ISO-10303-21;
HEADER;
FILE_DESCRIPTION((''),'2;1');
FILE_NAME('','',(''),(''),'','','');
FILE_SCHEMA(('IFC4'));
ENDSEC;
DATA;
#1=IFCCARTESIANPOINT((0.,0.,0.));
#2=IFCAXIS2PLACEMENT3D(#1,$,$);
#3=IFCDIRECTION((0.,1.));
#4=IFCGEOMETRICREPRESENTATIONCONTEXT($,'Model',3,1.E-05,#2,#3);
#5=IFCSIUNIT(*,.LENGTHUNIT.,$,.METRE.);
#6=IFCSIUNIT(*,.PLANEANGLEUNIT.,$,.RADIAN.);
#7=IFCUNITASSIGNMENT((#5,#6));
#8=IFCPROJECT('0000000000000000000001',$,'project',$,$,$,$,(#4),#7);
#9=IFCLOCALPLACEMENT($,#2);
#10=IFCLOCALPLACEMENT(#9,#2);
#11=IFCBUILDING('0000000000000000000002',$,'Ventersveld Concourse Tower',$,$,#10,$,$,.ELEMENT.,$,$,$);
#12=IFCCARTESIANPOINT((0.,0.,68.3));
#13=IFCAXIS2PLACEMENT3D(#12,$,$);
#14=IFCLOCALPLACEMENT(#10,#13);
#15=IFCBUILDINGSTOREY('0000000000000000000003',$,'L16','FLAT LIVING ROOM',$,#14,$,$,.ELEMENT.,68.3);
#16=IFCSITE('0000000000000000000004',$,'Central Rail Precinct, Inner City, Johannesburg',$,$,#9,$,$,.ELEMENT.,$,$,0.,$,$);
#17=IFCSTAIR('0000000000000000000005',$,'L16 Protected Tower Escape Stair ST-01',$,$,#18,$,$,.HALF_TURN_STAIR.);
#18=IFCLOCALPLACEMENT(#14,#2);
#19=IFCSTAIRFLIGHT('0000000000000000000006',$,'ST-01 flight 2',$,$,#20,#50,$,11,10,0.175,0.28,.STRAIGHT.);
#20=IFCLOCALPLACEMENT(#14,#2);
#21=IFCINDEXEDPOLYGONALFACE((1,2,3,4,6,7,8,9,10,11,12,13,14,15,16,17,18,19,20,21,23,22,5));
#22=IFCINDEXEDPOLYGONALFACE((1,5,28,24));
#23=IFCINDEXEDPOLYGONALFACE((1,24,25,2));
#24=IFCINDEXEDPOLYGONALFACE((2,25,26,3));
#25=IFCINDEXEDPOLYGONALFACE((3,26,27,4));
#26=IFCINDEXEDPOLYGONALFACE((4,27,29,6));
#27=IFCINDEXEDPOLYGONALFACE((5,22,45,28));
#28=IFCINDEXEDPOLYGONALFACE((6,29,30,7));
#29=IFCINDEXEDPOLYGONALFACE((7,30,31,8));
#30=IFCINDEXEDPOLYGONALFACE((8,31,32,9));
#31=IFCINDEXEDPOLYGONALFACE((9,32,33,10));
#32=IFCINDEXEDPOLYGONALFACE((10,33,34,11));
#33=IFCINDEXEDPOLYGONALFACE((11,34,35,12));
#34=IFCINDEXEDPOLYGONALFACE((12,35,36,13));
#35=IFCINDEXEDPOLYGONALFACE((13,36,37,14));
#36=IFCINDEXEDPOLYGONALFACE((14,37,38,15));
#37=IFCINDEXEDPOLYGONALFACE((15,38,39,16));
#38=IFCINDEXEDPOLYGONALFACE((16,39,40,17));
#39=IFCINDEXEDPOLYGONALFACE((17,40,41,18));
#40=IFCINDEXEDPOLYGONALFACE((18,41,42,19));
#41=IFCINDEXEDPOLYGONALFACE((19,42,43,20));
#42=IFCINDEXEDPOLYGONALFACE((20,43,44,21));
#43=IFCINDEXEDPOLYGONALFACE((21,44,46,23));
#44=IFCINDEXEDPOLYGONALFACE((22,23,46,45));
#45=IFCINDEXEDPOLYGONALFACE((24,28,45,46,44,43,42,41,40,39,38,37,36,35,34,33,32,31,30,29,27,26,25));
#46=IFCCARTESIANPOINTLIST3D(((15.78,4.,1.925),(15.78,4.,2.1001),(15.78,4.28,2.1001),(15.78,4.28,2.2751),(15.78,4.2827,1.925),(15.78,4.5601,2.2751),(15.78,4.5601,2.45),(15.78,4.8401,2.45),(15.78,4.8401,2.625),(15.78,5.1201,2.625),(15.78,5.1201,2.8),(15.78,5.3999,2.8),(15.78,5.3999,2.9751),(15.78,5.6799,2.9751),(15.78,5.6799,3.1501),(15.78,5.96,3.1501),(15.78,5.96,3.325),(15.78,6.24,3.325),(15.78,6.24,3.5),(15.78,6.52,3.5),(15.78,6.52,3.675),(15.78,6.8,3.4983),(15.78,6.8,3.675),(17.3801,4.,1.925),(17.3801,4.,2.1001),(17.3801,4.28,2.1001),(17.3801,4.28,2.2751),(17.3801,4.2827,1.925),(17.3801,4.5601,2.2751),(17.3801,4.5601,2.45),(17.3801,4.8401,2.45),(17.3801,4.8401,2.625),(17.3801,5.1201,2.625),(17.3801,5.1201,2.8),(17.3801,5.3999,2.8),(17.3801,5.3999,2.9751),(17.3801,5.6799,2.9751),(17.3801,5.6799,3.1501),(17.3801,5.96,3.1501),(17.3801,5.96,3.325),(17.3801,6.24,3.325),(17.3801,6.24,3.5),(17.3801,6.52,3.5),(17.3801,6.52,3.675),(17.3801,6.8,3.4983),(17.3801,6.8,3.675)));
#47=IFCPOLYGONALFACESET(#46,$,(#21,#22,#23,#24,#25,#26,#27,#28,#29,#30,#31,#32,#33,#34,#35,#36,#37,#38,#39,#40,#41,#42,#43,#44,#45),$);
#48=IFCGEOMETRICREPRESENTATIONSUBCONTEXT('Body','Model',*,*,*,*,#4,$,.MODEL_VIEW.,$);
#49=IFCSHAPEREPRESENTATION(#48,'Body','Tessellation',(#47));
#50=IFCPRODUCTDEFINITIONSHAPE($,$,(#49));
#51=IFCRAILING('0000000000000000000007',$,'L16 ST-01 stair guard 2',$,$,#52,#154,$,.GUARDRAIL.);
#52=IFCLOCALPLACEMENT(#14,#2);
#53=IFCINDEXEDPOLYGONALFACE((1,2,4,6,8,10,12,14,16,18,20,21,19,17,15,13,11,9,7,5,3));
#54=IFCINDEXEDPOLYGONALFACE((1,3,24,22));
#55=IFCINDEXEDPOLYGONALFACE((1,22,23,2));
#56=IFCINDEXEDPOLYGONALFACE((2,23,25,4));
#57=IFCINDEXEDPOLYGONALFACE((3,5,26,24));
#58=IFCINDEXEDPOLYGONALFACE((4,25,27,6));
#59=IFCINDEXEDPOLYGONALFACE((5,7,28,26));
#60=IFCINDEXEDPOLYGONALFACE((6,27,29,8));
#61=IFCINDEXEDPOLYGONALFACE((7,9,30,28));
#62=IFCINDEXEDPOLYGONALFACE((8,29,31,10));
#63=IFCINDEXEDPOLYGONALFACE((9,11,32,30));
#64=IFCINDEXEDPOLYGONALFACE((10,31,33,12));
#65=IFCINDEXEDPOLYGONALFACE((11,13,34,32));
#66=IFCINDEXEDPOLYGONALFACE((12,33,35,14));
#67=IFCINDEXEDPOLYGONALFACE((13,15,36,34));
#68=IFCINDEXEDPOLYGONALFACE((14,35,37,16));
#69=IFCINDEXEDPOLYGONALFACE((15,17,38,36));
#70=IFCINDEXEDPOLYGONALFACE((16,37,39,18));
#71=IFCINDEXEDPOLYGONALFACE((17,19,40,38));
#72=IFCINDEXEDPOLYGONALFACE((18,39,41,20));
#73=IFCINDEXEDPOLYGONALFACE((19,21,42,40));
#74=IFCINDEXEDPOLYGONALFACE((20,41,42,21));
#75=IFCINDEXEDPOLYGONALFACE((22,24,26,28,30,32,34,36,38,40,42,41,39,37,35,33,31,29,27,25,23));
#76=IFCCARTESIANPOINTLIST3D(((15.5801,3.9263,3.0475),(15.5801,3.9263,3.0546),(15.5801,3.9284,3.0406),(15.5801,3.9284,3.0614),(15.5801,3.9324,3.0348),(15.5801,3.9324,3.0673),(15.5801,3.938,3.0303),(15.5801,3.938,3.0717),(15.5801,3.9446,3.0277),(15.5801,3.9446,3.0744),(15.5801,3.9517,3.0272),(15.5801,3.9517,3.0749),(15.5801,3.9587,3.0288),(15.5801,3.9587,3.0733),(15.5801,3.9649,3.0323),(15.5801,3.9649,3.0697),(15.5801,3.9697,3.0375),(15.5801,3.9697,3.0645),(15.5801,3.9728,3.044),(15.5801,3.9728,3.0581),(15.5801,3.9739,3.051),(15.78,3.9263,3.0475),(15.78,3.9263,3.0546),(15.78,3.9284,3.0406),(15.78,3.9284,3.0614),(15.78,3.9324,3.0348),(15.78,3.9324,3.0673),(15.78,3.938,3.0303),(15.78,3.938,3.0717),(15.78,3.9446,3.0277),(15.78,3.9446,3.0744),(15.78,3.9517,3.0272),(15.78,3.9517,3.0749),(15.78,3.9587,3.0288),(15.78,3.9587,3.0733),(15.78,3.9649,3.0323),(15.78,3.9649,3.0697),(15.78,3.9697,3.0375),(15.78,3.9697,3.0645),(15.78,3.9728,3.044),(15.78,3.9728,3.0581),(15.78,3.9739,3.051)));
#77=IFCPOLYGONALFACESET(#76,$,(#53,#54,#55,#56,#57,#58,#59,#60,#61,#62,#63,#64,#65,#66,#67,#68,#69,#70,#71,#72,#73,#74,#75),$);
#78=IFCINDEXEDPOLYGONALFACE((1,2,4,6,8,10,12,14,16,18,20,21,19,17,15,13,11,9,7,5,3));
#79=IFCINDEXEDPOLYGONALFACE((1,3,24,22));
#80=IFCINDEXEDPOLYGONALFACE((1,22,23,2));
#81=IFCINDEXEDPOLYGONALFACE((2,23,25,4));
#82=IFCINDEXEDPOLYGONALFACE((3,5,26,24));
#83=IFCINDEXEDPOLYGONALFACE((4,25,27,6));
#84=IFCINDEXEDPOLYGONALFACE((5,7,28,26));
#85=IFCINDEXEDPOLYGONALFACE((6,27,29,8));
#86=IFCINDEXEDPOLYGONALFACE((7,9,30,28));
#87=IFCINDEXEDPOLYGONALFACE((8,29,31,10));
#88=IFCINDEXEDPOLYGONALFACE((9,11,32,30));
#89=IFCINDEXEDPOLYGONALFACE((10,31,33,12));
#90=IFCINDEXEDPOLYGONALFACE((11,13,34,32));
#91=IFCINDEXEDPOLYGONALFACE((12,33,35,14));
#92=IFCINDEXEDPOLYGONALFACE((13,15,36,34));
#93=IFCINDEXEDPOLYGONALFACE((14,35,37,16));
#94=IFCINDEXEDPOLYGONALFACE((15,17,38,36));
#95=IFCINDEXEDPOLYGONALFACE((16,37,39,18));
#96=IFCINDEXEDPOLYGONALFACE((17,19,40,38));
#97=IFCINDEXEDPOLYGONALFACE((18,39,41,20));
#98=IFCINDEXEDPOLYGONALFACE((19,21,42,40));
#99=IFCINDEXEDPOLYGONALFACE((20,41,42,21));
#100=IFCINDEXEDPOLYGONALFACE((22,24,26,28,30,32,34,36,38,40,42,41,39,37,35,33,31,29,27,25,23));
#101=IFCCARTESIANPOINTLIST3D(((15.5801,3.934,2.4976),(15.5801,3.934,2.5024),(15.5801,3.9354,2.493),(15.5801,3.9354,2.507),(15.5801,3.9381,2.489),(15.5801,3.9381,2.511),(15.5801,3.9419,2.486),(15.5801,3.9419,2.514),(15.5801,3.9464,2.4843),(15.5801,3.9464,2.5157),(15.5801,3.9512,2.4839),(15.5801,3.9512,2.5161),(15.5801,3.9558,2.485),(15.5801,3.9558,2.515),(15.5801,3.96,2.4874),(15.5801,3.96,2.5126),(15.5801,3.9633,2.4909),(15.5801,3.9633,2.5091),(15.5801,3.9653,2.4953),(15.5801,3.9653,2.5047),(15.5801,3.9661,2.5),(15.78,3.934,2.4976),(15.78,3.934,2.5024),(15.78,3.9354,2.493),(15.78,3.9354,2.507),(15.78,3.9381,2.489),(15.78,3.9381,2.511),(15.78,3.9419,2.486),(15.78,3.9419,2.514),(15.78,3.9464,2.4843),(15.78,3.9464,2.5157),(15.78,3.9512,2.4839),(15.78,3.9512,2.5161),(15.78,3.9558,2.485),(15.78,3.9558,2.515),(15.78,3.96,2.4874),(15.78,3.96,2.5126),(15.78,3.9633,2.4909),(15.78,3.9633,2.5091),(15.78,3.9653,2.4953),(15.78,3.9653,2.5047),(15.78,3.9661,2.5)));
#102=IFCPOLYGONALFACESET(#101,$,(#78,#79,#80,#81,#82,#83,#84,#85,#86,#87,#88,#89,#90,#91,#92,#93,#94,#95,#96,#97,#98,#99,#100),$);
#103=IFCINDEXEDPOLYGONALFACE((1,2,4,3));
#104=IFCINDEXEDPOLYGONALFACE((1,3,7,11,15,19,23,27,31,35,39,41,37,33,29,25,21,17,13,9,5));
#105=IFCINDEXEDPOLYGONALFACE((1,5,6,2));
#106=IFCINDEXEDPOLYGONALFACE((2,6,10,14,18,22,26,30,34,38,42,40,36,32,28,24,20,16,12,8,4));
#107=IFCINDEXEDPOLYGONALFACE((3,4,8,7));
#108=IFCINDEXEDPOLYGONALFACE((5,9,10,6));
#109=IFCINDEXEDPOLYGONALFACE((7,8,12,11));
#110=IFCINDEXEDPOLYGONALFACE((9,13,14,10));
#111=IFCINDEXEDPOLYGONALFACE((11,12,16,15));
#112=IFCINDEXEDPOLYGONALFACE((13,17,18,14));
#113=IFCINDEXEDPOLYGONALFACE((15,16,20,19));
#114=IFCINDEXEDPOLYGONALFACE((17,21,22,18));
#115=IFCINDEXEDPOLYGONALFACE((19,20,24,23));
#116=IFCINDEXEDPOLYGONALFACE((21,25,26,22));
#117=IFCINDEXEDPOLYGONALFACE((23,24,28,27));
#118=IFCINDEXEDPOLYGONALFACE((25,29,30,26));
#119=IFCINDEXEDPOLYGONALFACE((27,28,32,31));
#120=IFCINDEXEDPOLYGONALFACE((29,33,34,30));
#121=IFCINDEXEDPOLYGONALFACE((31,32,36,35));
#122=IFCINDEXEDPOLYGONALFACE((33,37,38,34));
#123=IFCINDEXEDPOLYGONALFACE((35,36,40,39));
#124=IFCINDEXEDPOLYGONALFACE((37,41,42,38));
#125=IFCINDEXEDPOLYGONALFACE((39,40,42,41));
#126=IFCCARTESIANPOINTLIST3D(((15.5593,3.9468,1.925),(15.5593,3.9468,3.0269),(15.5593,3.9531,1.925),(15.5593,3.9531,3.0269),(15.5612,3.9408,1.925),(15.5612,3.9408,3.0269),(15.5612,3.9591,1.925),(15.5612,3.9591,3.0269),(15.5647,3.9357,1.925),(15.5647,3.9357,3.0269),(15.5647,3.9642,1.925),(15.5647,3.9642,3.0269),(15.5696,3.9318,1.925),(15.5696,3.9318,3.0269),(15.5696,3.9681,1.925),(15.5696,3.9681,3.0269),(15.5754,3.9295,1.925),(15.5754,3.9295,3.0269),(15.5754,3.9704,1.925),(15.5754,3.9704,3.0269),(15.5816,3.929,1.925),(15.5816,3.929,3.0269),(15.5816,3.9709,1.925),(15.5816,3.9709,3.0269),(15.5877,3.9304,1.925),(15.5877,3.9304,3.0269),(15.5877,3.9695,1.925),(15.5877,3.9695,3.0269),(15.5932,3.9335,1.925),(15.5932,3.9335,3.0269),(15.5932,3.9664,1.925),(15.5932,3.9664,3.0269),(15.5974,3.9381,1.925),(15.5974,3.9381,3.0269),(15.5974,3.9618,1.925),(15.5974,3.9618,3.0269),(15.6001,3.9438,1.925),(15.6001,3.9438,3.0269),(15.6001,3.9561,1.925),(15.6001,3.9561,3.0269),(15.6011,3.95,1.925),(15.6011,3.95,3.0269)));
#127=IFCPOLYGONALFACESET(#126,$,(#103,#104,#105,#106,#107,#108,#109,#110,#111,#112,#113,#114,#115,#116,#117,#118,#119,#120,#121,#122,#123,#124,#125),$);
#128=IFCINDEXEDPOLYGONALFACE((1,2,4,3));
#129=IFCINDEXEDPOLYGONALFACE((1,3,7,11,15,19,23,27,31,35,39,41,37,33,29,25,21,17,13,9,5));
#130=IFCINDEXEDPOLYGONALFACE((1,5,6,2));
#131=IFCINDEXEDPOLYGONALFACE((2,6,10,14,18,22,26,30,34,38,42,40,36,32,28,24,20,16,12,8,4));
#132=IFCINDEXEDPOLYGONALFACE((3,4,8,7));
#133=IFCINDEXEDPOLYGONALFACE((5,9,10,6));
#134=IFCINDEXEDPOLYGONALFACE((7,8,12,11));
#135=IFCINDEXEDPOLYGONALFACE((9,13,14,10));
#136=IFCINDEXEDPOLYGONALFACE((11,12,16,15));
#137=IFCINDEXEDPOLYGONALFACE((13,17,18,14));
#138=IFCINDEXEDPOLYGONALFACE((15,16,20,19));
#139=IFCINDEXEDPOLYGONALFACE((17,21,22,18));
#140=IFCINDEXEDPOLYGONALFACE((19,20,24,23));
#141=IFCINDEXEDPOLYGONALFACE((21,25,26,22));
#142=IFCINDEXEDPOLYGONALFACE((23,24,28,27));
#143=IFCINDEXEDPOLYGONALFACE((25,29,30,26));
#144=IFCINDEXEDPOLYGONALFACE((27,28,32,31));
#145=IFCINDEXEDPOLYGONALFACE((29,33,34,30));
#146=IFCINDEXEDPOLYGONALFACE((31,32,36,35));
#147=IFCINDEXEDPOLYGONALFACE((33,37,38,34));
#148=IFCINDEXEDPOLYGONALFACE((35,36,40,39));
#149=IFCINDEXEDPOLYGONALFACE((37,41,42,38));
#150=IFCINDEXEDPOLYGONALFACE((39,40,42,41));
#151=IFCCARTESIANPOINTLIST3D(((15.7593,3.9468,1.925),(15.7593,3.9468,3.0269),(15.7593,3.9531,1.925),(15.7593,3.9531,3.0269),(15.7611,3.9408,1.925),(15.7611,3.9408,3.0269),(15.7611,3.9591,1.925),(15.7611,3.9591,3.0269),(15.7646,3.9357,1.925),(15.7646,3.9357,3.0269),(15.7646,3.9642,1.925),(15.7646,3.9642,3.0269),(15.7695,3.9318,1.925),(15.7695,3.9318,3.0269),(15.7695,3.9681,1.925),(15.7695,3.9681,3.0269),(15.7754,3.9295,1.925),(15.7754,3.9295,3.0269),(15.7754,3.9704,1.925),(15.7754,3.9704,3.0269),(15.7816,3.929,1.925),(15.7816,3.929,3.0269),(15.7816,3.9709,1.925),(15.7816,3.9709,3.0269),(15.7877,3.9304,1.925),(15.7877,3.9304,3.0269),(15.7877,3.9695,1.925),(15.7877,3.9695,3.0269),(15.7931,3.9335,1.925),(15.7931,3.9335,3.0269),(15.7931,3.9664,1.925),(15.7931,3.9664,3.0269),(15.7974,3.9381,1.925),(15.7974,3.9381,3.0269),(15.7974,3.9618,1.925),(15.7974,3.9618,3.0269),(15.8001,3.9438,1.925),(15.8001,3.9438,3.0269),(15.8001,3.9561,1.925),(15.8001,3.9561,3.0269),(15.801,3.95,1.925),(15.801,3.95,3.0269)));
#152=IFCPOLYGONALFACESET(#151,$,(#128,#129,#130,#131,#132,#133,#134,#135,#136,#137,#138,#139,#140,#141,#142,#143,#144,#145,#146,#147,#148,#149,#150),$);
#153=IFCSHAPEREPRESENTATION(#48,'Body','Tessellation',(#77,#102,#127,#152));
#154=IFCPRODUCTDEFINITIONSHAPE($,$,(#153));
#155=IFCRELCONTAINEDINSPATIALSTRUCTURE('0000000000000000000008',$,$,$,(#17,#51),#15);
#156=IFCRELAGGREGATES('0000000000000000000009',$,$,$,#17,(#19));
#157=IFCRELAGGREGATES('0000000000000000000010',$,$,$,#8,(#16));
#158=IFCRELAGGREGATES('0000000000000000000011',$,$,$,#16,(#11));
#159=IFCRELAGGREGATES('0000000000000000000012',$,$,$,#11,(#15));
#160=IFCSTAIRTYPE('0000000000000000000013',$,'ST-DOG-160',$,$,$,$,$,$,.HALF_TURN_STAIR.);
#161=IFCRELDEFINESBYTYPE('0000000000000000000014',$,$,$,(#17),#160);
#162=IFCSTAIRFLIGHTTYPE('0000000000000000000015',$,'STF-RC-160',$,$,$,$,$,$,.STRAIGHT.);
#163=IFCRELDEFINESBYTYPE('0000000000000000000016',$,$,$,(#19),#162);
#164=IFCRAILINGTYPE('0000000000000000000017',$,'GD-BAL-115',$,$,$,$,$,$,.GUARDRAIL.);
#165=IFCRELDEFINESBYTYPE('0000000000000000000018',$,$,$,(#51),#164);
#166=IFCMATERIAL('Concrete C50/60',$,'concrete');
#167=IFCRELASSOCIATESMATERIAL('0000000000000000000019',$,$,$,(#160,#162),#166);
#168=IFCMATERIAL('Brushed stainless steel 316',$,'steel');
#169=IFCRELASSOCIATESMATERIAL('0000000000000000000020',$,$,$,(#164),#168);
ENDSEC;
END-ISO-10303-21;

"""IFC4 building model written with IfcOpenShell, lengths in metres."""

from ifc_helpers import new_model, si_unit, direction, frame, origin, origin_2d, place, context, subcontext, project, spatial, polyline, circle, outline, extrude, material, type_object, element, aggregate, save


model = new_model("IFC4")

# Units and contexts
model_context = context("Model", 3, precision=1e-05, world=origin(), true_north=direction((0.0, 1.0)))
body_context = subcontext(model_context, "Body", "Model", "MODEL_VIEW")
ifc_project = project(units=[si_unit("LENGTHUNIT", "METRE"), si_unit("PLANEANGLEUNIT", "RADIAN")], contexts=[model_context])

# Site, building, storey
site_placement = place(None, origin())
site = spatial("IfcSite", under=ifc_project, at=site_placement, Name="Central Rail Precinct, Inner City, Johannesburg", CompositionType="ELEMENT", RefElevation=0.0)
building_placement = place(site_placement, origin())
building = spatial("IfcBuilding", under=site, at=building_placement, Name="Ventersveld Concourse Tower", CompositionType="ELEMENT")
storey_placement = place(building_placement, frame((0.0, 0.0, 68.3)))
storey = spatial("IfcBuildingStorey", under=building, at=storey_placement, Name="L16", Description="FLAT LIVING ROOM", CompositionType="ELEMENT", Elevation=68.3)

# Shared definitions
ifc_material_1 = material(Name="Concrete C50/60", Category="concrete")

# Shared definitions
ifc_material_2 = material(Name="Brushed stainless steel 316", Category="steel")

# Stair, stair flight
stair_type = type_object("IfcStairType", Name="ST-DOG-160", PredefinedType="HALF_TURN_STAIR", material=ifc_material_1)
stair_placement = place(storey_placement, origin())
stair = element("IfcStair", 1, at=stair_placement, inside=storey, type_object=stair_type, Name="L16 Protected Tower Escape Stair ST-01", PredefinedType="HALF_TURN_STAIR")
stair_flight_type = type_object("IfcStairFlightType", Name="STF-RC-160", PredefinedType="STRAIGHT", material=ifc_material_1)
stair_flight_placement = place(storey_placement, frame((16.5801, 4.0, 1.925), z_axis=(0.0, 0.0, 1.0), x_axis=(0.0, 1.0, 0.0)))
stair_flight = element("IfcStairFlight", 2, at=stair_flight_placement, type_object=stair_flight_type, Name="ST-01 flight 2", NumberOfRisers=11, NumberOfTreads=10, PredefinedType="STRAIGHT", RiserHeight=0.175, TreadLength=0.28, context=body_context, shape_type="SweptSolid", body=[
    extrude(outline(polyline([(0.0, 0.0), (0.0, 0.175), (0.28, 0.175), (0.28, 0.3501), (0.5601, 0.3501), (0.5601, 0.5249), (0.8401, 0.5249), (0.8401, 0.7), (1.1201, 0.7), (1.1201, 0.875), (1.3999, 0.875), (1.3999, 1.05), (1.6799, 1.05), (1.6799, 1.2251), (1.96, 1.2251), (1.96, 1.3999), (2.24, 1.3999), (2.24, 1.575), (2.52, 1.575), (2.52, 1.75), (2.8, 1.75), (2.8, 1.925), (2.8, 1.5732), (0.2827, 0.0), (0.0, 0.0)])), frame((0.0, 0.8, 0.0), z_axis=(0.0, -1.0, 0.0), x_axis=(1.0, 0.0, 0.0)), (0.0, 0.0, 1.0), 1.6001),
])
aggregate(stair, [stair_flight])

# Railing
railing_type_1 = type_object("IfcRailingType", Name="GD-BAL-115", PredefinedType="GUARDRAIL", material=ifc_material_2)
railing_1_placement = place(storey_placement, frame((15.5801, 3.95, 1.925)))
element("IfcRailing", 3, at=railing_1_placement, inside=storey, type_object=railing_type_1, Name="L16 ST-01 stair guard 2", PredefinedType="GUARDRAIL", context=body_context, shape_type="SweptSolid", body=[
    extrude(circle(Radius=0.0239, at=origin_2d()), frame((0.0, 0.0, 1.126), z_axis=(1.0, 0.0, 0.0), x_axis=(0.0, 1.0, 0.0)), (0.0, 0.0, 1.0), 0.2),
    extrude(circle(Radius=0.0161, at=origin_2d()), frame((0.0, 0.0, 0.575), z_axis=(1.0, 0.0, 0.0), x_axis=(0.0, 1.0, 0.0)), (0.0, 0.0, 1.0), 0.2),
    extrude(circle(Radius=0.021, at=origin_2d()), origin(), (0.0, 0.0, 1.0), 1.1018),
    extrude(circle(Radius=0.021, at=origin_2d()), frame((0.2, 0.0, 0.0)), (0.0, 0.0, 1.0), 1.1018),
])

save(model, "model.ifc")
